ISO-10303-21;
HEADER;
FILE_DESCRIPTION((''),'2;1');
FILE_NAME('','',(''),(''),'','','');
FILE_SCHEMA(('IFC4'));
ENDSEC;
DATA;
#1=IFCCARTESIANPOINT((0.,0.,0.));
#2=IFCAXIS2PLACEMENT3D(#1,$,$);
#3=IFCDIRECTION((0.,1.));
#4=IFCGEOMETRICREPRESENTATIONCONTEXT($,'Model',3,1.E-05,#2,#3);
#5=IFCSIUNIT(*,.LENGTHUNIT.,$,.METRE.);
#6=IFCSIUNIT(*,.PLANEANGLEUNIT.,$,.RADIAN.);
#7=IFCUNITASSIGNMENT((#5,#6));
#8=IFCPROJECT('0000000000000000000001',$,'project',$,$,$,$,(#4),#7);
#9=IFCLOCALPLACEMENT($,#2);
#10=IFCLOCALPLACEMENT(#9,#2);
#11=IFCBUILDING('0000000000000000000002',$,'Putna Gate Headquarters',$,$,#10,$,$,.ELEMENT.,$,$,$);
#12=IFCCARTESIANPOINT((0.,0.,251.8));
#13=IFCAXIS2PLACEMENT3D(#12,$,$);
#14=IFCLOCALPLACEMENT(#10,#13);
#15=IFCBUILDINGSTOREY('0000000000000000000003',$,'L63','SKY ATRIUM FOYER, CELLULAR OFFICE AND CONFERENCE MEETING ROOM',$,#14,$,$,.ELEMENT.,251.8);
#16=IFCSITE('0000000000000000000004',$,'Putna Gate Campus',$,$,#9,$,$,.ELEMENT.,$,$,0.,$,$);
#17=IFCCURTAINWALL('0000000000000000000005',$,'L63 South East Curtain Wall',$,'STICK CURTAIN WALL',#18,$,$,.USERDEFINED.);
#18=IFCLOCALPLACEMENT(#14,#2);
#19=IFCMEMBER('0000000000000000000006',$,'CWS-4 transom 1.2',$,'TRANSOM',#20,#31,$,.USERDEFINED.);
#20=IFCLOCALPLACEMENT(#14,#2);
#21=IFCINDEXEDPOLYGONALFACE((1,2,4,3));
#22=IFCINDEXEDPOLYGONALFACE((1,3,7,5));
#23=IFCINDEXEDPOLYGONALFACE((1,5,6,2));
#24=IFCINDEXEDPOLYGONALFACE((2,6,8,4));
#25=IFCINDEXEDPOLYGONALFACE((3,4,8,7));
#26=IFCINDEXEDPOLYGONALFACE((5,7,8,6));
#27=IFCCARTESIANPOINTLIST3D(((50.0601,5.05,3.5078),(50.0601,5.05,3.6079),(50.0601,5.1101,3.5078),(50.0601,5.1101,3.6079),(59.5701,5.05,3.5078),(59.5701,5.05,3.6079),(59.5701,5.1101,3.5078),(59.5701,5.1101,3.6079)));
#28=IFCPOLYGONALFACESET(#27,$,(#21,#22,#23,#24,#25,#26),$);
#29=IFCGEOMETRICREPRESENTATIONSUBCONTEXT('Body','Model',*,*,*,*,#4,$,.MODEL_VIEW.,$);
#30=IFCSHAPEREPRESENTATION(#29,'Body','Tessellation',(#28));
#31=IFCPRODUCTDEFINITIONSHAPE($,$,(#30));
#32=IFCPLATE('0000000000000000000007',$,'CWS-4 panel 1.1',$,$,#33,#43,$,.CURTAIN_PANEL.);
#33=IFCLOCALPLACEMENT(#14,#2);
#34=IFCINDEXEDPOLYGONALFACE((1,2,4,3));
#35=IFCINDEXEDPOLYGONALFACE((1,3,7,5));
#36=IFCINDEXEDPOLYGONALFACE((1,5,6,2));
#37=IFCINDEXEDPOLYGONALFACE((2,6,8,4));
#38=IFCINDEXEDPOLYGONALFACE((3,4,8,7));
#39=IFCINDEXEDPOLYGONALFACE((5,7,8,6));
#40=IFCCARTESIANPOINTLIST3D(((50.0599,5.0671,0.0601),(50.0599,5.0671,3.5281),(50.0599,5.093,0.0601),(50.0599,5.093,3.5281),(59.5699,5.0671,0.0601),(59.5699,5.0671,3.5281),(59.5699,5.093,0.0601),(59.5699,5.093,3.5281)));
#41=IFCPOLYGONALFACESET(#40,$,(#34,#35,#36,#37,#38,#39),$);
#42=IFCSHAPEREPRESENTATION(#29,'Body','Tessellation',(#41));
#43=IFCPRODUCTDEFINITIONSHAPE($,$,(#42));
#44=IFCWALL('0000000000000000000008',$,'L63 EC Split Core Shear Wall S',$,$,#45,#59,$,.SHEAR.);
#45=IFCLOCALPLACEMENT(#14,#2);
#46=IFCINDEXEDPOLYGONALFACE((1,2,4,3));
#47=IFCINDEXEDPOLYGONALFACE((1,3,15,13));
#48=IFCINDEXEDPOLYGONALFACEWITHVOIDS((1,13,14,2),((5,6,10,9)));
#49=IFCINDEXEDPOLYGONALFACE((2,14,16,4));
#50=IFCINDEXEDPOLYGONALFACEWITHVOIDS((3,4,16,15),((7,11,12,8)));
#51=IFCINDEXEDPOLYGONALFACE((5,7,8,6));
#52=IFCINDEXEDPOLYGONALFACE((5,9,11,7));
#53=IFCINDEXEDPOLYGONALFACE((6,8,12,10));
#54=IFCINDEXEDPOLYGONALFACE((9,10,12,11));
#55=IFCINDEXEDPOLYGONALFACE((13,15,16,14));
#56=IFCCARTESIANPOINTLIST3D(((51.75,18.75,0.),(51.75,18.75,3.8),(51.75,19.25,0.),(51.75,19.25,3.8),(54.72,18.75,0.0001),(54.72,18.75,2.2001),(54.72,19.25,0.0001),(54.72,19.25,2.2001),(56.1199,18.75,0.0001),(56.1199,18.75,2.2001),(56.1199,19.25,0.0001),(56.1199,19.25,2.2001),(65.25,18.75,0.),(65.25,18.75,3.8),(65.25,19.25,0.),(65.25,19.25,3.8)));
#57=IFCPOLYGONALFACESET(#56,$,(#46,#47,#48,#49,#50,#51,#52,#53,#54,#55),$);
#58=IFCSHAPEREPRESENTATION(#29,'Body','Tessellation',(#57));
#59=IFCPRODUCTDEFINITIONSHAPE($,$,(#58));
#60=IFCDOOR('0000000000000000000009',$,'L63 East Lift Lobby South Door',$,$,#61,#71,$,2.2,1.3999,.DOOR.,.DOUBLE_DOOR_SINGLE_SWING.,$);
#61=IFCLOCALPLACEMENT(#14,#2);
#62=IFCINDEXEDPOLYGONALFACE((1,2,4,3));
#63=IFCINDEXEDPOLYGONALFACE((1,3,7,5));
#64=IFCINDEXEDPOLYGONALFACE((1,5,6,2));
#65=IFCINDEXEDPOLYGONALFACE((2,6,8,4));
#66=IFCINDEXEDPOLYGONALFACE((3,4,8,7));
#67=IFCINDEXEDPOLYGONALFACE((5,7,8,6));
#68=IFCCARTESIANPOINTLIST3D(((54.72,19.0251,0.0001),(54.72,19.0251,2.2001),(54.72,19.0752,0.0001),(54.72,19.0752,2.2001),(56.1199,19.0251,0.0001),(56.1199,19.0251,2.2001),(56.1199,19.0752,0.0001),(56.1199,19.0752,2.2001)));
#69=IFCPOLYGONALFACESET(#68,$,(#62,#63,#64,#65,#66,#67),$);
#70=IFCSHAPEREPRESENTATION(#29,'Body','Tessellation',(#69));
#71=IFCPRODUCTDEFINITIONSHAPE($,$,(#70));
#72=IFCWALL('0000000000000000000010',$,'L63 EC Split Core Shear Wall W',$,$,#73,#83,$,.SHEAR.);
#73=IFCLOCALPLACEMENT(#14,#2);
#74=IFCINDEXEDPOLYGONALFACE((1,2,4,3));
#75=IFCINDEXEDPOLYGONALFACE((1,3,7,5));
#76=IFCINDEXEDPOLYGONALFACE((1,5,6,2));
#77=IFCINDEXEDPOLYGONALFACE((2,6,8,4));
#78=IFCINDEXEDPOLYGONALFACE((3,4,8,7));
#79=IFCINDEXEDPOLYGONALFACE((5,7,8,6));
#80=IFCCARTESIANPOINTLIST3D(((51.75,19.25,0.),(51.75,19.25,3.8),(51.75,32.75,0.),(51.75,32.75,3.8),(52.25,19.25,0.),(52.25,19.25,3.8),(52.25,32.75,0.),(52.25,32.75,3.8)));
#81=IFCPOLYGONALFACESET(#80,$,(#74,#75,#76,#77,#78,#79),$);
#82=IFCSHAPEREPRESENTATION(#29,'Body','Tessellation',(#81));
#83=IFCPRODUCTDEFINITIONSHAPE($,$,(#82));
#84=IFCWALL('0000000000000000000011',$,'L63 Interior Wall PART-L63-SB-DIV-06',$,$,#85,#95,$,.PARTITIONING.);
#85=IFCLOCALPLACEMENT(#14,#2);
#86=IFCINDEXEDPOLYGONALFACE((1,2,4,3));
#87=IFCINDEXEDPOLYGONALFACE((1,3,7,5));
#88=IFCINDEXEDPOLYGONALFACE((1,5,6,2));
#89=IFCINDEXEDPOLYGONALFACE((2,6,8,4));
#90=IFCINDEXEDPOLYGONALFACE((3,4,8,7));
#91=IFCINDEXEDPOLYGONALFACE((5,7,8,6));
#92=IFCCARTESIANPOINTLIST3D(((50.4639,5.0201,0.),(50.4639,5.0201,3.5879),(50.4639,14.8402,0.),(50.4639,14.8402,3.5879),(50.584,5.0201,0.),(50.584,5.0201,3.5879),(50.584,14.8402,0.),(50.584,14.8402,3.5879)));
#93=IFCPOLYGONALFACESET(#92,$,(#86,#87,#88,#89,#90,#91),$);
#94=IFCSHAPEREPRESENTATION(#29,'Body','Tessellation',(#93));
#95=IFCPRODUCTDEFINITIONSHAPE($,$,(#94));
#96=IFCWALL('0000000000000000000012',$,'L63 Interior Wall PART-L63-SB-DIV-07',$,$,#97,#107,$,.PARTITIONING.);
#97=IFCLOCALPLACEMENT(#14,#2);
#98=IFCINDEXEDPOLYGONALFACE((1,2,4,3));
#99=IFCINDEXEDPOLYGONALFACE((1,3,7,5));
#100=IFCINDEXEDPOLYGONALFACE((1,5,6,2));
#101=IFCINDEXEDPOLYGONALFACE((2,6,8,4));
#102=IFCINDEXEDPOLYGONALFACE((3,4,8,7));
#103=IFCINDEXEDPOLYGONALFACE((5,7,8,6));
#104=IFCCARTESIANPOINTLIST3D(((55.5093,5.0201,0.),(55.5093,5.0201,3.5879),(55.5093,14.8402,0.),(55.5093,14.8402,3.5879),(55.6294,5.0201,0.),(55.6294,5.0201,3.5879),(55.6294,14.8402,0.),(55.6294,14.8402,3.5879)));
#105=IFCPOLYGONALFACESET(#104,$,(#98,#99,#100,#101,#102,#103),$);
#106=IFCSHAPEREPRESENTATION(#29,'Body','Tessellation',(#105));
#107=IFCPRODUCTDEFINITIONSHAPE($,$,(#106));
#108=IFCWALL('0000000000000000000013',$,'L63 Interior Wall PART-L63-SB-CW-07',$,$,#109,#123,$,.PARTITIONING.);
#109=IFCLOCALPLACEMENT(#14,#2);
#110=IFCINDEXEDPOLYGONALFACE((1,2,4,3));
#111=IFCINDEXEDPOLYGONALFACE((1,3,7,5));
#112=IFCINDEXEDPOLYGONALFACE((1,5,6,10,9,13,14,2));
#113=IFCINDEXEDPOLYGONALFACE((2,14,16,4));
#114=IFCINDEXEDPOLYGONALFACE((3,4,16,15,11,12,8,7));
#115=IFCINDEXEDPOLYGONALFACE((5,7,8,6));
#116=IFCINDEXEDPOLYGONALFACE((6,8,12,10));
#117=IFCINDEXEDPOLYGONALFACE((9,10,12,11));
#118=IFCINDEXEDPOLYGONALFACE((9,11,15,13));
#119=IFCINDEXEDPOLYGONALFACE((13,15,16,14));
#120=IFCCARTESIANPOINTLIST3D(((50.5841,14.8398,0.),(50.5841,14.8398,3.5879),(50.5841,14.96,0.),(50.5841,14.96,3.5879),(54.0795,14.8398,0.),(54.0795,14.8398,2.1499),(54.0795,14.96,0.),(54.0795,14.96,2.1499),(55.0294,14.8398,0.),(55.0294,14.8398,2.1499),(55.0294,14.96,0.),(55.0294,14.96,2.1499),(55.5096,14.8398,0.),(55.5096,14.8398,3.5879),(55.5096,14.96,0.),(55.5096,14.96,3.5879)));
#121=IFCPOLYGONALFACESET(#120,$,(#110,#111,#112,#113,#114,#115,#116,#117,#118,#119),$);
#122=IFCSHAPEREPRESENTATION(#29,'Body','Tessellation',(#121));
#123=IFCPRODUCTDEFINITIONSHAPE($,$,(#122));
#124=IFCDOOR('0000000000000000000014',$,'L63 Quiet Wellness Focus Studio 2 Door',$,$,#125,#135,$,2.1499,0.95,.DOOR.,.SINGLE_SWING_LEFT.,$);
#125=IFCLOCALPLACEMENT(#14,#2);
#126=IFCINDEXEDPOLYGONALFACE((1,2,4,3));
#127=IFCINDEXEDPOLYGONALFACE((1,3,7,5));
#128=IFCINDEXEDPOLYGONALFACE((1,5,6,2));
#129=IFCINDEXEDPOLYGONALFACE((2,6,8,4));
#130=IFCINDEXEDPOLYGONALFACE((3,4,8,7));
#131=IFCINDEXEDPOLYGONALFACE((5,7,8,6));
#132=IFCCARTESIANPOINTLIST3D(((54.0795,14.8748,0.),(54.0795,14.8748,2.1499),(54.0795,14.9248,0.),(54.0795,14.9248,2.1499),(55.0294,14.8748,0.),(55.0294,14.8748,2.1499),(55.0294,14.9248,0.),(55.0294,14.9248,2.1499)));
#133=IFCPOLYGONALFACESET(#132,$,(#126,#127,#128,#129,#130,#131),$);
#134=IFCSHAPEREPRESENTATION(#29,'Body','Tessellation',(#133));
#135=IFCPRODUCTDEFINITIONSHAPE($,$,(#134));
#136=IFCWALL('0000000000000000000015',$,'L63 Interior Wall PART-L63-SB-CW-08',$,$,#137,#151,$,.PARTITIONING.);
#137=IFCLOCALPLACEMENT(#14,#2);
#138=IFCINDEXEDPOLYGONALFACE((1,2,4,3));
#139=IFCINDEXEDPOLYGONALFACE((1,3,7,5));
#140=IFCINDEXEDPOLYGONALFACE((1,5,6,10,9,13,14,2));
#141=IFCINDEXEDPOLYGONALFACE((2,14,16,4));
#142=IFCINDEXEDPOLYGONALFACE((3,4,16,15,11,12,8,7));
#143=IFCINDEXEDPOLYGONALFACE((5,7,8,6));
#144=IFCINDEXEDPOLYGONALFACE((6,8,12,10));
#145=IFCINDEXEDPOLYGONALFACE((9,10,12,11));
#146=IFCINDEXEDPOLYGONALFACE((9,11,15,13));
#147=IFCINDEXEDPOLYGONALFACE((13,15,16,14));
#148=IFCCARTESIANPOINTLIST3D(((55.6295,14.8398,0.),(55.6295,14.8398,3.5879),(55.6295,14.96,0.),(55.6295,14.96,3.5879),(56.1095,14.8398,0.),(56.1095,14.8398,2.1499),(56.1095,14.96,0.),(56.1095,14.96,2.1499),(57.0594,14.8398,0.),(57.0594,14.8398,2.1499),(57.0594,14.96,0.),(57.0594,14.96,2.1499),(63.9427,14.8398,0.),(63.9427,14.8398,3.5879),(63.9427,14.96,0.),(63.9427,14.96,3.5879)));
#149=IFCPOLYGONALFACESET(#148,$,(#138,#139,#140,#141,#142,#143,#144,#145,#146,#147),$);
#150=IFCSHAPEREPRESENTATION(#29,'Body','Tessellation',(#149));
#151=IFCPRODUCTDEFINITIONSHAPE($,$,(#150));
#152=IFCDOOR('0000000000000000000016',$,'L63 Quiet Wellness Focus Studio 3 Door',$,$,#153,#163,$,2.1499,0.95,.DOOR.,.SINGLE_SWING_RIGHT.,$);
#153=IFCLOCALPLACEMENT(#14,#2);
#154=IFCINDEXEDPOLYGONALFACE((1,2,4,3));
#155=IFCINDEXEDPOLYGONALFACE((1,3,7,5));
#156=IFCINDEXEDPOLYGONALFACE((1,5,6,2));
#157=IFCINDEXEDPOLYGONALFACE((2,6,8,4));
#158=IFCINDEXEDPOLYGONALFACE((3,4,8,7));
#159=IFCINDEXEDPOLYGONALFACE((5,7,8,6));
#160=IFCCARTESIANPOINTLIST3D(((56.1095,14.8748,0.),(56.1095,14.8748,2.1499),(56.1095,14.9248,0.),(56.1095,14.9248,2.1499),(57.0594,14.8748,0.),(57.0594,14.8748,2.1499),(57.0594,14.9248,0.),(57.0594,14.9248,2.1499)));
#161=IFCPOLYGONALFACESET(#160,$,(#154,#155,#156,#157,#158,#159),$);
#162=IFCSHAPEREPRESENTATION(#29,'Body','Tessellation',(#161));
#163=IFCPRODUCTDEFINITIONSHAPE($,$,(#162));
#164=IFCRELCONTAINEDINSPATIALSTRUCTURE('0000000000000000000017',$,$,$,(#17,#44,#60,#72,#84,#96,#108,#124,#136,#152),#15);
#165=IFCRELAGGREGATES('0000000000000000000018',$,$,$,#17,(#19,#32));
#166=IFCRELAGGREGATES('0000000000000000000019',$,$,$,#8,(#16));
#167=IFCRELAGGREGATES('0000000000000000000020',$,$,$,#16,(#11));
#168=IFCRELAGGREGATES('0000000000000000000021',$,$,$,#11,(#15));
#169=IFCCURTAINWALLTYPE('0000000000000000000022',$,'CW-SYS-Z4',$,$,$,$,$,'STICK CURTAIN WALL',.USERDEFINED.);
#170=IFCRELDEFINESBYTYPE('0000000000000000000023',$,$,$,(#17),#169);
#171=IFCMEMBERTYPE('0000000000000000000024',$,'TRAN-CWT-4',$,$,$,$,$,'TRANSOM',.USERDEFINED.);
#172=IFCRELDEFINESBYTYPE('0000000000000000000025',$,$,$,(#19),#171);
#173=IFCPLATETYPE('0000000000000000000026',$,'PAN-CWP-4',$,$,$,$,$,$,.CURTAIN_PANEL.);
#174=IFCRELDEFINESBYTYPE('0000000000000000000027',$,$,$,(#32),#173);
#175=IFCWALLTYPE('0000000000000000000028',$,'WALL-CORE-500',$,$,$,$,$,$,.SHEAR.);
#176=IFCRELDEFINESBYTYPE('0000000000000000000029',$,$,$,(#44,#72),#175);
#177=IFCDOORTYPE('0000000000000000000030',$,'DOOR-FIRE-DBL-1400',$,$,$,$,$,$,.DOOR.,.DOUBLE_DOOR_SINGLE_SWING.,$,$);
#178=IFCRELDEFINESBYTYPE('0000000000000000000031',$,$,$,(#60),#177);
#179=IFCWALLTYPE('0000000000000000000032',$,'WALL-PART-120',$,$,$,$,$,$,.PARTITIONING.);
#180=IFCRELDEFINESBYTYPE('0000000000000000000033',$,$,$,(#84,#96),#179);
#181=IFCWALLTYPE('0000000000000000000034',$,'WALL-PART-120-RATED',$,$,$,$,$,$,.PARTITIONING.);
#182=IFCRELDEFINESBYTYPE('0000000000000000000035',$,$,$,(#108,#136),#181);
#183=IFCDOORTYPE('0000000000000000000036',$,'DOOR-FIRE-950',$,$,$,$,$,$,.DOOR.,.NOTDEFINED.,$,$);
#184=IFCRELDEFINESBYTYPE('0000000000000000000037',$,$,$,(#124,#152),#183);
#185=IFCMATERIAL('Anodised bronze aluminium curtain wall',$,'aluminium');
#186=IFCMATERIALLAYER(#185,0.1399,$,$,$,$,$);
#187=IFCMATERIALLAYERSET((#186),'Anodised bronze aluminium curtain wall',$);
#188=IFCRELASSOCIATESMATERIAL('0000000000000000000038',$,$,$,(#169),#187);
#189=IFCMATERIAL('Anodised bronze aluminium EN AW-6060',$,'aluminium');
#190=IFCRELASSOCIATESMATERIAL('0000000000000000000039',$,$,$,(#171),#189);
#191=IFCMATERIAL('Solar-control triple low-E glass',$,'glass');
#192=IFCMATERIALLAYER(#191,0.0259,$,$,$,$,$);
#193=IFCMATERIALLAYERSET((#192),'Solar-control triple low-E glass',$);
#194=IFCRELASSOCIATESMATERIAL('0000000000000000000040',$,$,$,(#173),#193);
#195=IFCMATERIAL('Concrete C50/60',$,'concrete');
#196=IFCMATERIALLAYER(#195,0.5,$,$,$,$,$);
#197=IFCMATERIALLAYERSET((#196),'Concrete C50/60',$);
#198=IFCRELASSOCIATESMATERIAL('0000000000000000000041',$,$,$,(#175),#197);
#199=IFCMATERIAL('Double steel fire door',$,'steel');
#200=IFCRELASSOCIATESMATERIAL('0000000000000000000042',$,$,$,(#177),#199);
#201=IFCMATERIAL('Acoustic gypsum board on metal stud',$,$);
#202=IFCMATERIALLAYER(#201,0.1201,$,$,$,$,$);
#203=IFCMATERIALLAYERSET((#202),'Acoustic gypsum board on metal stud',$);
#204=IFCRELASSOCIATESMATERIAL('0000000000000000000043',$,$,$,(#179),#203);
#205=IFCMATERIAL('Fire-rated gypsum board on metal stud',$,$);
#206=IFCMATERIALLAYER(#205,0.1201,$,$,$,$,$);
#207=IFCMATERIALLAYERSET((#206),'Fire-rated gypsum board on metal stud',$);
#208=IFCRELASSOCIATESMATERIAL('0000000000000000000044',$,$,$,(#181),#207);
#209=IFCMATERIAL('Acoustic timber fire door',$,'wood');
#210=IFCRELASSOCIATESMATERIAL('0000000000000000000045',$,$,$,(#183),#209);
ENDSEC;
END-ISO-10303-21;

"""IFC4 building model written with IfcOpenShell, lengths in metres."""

from ifc_helpers import new_model, si_unit, direction, frame, frame_2d, origin, origin_2d, place, context, subcontext, project, spatial, rectangle, extrude, material, layer, layer_set, material_profile, profile_set, type_object, element, fill, aggregate, save


model = new_model("IFC4")

# Units and contexts
model_context = context("Model", 3, precision=1e-05, world=origin(), true_north=direction((0.0, 1.0)))
body_context = subcontext(model_context, "Body", "Model", "MODEL_VIEW")
ifc_project = project(units=[si_unit("LENGTHUNIT", "METRE"), si_unit("PLANEANGLEUNIT", "RADIAN")], contexts=[model_context])

# Site, building, storey
site_placement = place(None, origin())
site = spatial("IfcSite", under=ifc_project, at=site_placement, Name="Putna Gate Campus", CompositionType="ELEMENT", RefElevation=0.0)
building_placement = place(site_placement, origin())
building = spatial("IfcBuilding", under=site, at=building_placement, Name="Putna Gate Headquarters", CompositionType="ELEMENT")
storey_placement = place(building_placement, frame((0.0, 0.0, 251.8)))
storey = spatial("IfcBuildingStorey", under=building, at=storey_placement, Name="L63", Description="SKY ATRIUM FOYER, CELLULAR OFFICE AND CONFERENCE MEETING ROOM", CompositionType="ELEMENT", Elevation=251.8)

# Shared definitions
ifc_material_1 = material(Name="Concrete C50/60", Category="concrete")

# Curtain wall
ifc_material_2 = material(Name="Anodised bronze aluminium curtain wall", Category="aluminium")
ifc_layer_1 = layer(ifc_material_2, 0.1399)
ifc_layer_set_1 = layer_set([ifc_layer_1], Name="Anodised bronze aluminium curtain wall")
curtain_wall_type_1 = type_object("IfcCurtainWallType", Name="CW-SYS-Z4", ElementType="STICK CURTAIN WALL", PredefinedType="USERDEFINED", material=ifc_layer_set_1)
curtain_wall_1_placement = place(storey_placement, origin())
curtain_wall_1 = element("IfcCurtainWall", 1, at=curtain_wall_1_placement, inside=storey, type_object=curtain_wall_type_1, Name="L63 South East Curtain Wall", ObjectType="STICK CURTAIN WALL", PredefinedType="USERDEFINED")
ifc_material_3 = material(Name="Anodised bronze aluminium EN AW-6060", Category="aluminium")

# Member
ifc_material_profile_1 = material_profile(ifc_material_3, rectangle(XDim=0.0601, YDim=0.1001, at=origin_2d()), Name="Anodised bronze aluminium EN AW-6060")
ifc_profile_set_1 = profile_set([ifc_material_profile_1], Name="Anodised bronze aluminium EN AW-6060")
member_type_1 = type_object("IfcMemberType", Name="TRAN-CWT-4", ElementType="TRANSOM", PredefinedType="USERDEFINED", material=ifc_profile_set_1)
member_1_placement = place(storey_placement, frame((50.0601, 5.0801, 3.5579), z_axis=(1.0, 0.0, 0.0), x_axis=(0.0, 1.0, 0.0)))
member_1 = element("IfcMember", 2, at=member_1_placement, type_object=member_type_1, Name="CWS-4 transom 1.2", ObjectType="TRANSOM", PredefinedType="USERDEFINED", context=body_context, shape_type="SweptSolid", body=[
    extrude(rectangle(XDim=0.0601, YDim=0.1001, at=origin_2d()), origin(), (0.0, 0.0, 1.0), 9.51),
])

# Plate
ifc_material_4 = material(Name="Solar-control triple low-E glass", Category="glass")
ifc_layer_2 = layer(ifc_material_4, 0.0259)
ifc_layer_set_2 = layer_set([ifc_layer_2], Name="Solar-control triple low-E glass")
plate_type = type_object("IfcPlateType", Name="PAN-CWP-4", PredefinedType="CURTAIN_PANEL", material=ifc_layer_set_2)
plate_placement = place(storey_placement, frame((54.8149, 5.0801, 0.0601), z_axis=(0.0, 0.0, 1.0), x_axis=(1.0, 0.0, 0.0)))
plate = element("IfcPlate", 3, at=plate_placement, type_object=plate_type, Name="CWS-4 panel 1.1", PredefinedType="CURTAIN_PANEL", context=body_context, shape_type="SweptSolid", body=[
    extrude(rectangle(XDim=9.51, YDim=0.0259, at=origin_2d()), origin(), (0.0, 0.0, 1.0), 3.468),
])
aggregate(curtain_wall_1, [member_1, plate])

# Wall, opening, door
ifc_layer_3 = layer(ifc_material_1, 0.5)
ifc_layer_set_3 = layer_set([ifc_layer_3], Name="Concrete C50/60")
wall_type_1 = type_object("IfcWallType", Name="WALL-CORE-500", PredefinedType="SHEAR", material=ifc_layer_set_3)
wall_1_placement = place(storey_placement, frame((51.75, 19.0, 0.0), z_axis=(0.0, 0.0, 1.0), x_axis=(1.0, 0.0, 0.0)))
wall_1 = element("IfcWall", 4, at=wall_1_placement, inside=storey, type_object=wall_type_1, Name="L63 EC Split Core Shear Wall S", PredefinedType="SHEAR", context=body_context, shape_type="SweptSolid", body=[
    extrude(rectangle(XDim=13.5, YDim=0.5, at=frame_2d((6.75, 0.0))), origin(), (0.0, 0.0, 1.0), 3.8),
])
opening_1_placement = place(wall_1_placement, frame((2.97, 0.0, 0.0)))
opening_1 = element("IfcOpeningElement", 5, at=opening_1_placement, cuts=wall_1, PredefinedType="OPENING", context=body_context, shape_type="SweptSolid", body=[
    extrude(rectangle(XDim=1.3999, YDim=2.2, at=frame_2d((0.7, 1.1001))), frame((0.0, 0.26, 0.0), z_axis=(0.0, -1.0, 0.0), x_axis=(1.0, 0.0, 0.0)), (0.0, 0.0, 1.0), 0.52),
])
ifc_material_5 = material(Name="Double steel fire door", Category="steel")
door_type_1 = type_object("IfcDoorType", Name="DOOR-FIRE-DBL-1400", OperationType="DOUBLE_DOOR_SINGLE_SWING", PredefinedType="DOOR", material=ifc_material_5)
door_1_placement = place(opening_1_placement, origin())
door_1 = element("IfcDoor", 6, at=door_1_placement, inside=storey, type_object=door_type_1, Name="L63 East Lift Lobby South Door", OperationType="DOUBLE_DOOR_SINGLE_SWING", OverallHeight=2.2, OverallWidth=1.3999, PredefinedType="DOOR", context=body_context, shape_type="SweptSolid", body=[
    extrude(rectangle(XDim=1.3999, YDim=2.2, at=frame_2d((0.7, 1.1001))), frame((0.0, 0.0752, 0.0), z_axis=(0.0, -1.0, 0.0), x_axis=(1.0, 0.0, 0.0)), (0.0, 0.0, 1.0), 0.05),
])
fill(opening_1, door_1)

# Walls
wall_2_placement = place(storey_placement, frame((52.0, 19.25, 0.0), z_axis=(0.0, 0.0, 1.0), x_axis=(0.0, 1.0, 0.0)))
element("IfcWall", 7, at=wall_2_placement, inside=storey, type_object=wall_type_1, Name="L63 EC Split Core Shear Wall W", PredefinedType="SHEAR", context=body_context, shape_type="SweptSolid", body=[
    extrude(rectangle(XDim=13.5, YDim=0.5, at=frame_2d((6.75, 0.0))), origin(), (0.0, 0.0, 1.0), 3.8),
])
ifc_material_6 = material(Name="Acoustic gypsum board on metal stud")
ifc_layer_4 = layer(ifc_material_6, 0.1201)
ifc_layer_set_4 = layer_set([ifc_layer_4], Name="Acoustic gypsum board on metal stud")
wall_type_2 = type_object("IfcWallType", Name="WALL-PART-120", PredefinedType="PARTITIONING", material=ifc_layer_set_4)
for number, where, z_axis, x_axis, name in (
    (8, (50.5239, 5.02, 0.0), (0.0, 0.0, 1.0), (0.0, 1.0, 0.0), "L63 Interior Wall PART-L63-SB-DIV-06"),
    (9, (55.5693, 5.02, 0.0), (0.0, 0.0, 1.0), (0.0, 1.0, 0.0), "L63 Interior Wall PART-L63-SB-DIV-07"),
):
    element("IfcWall", number, at=place(storey_placement, frame(where, z_axis=z_axis, x_axis=x_axis)), inside=storey, type_object=wall_type_2, Name=name, PredefinedType="PARTITIONING", context=body_context, shape_type="SweptSolid", body=[
        extrude(rectangle(XDim=9.8201, YDim=0.1201, at=frame_2d((4.9102, 0.0))), origin(), (0.0, 0.0, 1.0), 3.5879),
    ])

# Walls, openings, doors
ifc_material_7 = material(Name="Fire-rated gypsum board on metal stud")
ifc_layer_5 = layer(ifc_material_7, 0.1201)
ifc_layer_set_5 = layer_set([ifc_layer_5], Name="Fire-rated gypsum board on metal stud")
wall_type_3 = type_object("IfcWallType", Name="WALL-PART-120-RATED", PredefinedType="PARTITIONING", material=ifc_layer_set_5)
wall_3_placement = place(storey_placement, frame((50.584, 14.8999, 0.0), z_axis=(0.0, 0.0, 1.0), x_axis=(1.0, 0.0, 0.0)))
wall_3 = element("IfcWall", 10, at=wall_3_placement, inside=storey, type_object=wall_type_3, Name="L63 Interior Wall PART-L63-SB-CW-07", PredefinedType="PARTITIONING", context=body_context, shape_type="SweptSolid", body=[
    extrude(rectangle(XDim=4.9255, YDim=0.1201, at=frame_2d((2.4629, 0.0))), origin(), (0.0, 0.0, 1.0), 3.5879),
])
opening_2_placement = place(wall_3_placement, frame((3.4954, 0.0, 0.0)))
opening_2 = element("IfcOpeningElement", 11, at=opening_2_placement, cuts=wall_3, PredefinedType="OPENING", context=body_context, shape_type="SweptSolid", body=[
    extrude(rectangle(XDim=0.95, YDim=2.1499, at=frame_2d((0.4751, 1.075))), frame((0.0, 0.0701, 0.0), z_axis=(0.0, -1.0, 0.0), x_axis=(1.0, 0.0, 0.0)), (0.0, 0.0, 1.0), 0.1401),
])
ifc_material_8 = material(Name="Acoustic timber fire door", Category="wood")
door_type_2 = type_object("IfcDoorType", Name="DOOR-FIRE-950", OperationType="NOTDEFINED", PredefinedType="DOOR", material=ifc_material_8)
door_2_placement = place(opening_2_placement, origin())
door_2 = element("IfcDoor", 12, at=door_2_placement, inside=storey, type_object=door_type_2, Name="L63 Quiet Wellness Focus Studio 2 Door", OperationType="SINGLE_SWING_LEFT", OverallHeight=2.1499, OverallWidth=0.95, PredefinedType="DOOR", context=body_context, shape_type="SweptSolid", body=[
    extrude(rectangle(XDim=0.95, YDim=2.1499, at=frame_2d((0.4751, 1.075))), frame((0.0, 0.0249, 0.0), z_axis=(0.0, -1.0, 0.0), x_axis=(1.0, 0.0, 0.0)), (0.0, 0.0, 1.0), 0.05),
])
fill(opening_2, door_2)
wall_4_placement = place(storey_placement, frame((55.6294, 14.8999, 0.0), z_axis=(0.0, 0.0, 1.0), x_axis=(1.0, 0.0, 0.0)))
wall_4 = element("IfcWall", 13, at=wall_4_placement, inside=storey, type_object=wall_type_3, Name="L63 Interior Wall PART-L63-SB-CW-08", PredefinedType="PARTITIONING", context=body_context, shape_type="SweptSolid", body=[
    extrude(rectangle(XDim=8.3132, YDim=0.1201, at=frame_2d((4.1567, 0.0))), origin(), (0.0, 0.0, 1.0), 3.5879),
])
opening_3_placement = place(wall_4_placement, frame((0.48, 0.0, 0.0)))
opening_3 = element("IfcOpeningElement", 14, at=opening_3_placement, cuts=wall_4, PredefinedType="OPENING", context=body_context, shape_type="SweptSolid", body=[
    extrude(rectangle(XDim=0.95, YDim=2.1499, at=frame_2d((0.4751, 1.075))), frame((0.0, 0.0701, 0.0), z_axis=(0.0, -1.0, 0.0), x_axis=(1.0, 0.0, 0.0)), (0.0, 0.0, 1.0), 0.1401),
])
door_3_placement = place(opening_3_placement, origin())
door_3 = element("IfcDoor", 15, at=door_3_placement, inside=storey, type_object=door_type_2, Name="L63 Quiet Wellness Focus Studio 3 Door", OperationType="SINGLE_SWING_RIGHT", OverallHeight=2.1499, OverallWidth=0.95, PredefinedType="DOOR", context=body_context, shape_type="SweptSolid", body=[
    extrude(rectangle(XDim=0.95, YDim=2.1499, at=frame_2d((0.4751, 1.075))), frame((0.0, 0.0249, 0.0), z_axis=(0.0, -1.0, 0.0), x_axis=(1.0, 0.0, 0.0)), (0.0, 0.0, 1.0), 0.05),
])
fill(opening_3, door_3)

save(model, "model.ifc")
